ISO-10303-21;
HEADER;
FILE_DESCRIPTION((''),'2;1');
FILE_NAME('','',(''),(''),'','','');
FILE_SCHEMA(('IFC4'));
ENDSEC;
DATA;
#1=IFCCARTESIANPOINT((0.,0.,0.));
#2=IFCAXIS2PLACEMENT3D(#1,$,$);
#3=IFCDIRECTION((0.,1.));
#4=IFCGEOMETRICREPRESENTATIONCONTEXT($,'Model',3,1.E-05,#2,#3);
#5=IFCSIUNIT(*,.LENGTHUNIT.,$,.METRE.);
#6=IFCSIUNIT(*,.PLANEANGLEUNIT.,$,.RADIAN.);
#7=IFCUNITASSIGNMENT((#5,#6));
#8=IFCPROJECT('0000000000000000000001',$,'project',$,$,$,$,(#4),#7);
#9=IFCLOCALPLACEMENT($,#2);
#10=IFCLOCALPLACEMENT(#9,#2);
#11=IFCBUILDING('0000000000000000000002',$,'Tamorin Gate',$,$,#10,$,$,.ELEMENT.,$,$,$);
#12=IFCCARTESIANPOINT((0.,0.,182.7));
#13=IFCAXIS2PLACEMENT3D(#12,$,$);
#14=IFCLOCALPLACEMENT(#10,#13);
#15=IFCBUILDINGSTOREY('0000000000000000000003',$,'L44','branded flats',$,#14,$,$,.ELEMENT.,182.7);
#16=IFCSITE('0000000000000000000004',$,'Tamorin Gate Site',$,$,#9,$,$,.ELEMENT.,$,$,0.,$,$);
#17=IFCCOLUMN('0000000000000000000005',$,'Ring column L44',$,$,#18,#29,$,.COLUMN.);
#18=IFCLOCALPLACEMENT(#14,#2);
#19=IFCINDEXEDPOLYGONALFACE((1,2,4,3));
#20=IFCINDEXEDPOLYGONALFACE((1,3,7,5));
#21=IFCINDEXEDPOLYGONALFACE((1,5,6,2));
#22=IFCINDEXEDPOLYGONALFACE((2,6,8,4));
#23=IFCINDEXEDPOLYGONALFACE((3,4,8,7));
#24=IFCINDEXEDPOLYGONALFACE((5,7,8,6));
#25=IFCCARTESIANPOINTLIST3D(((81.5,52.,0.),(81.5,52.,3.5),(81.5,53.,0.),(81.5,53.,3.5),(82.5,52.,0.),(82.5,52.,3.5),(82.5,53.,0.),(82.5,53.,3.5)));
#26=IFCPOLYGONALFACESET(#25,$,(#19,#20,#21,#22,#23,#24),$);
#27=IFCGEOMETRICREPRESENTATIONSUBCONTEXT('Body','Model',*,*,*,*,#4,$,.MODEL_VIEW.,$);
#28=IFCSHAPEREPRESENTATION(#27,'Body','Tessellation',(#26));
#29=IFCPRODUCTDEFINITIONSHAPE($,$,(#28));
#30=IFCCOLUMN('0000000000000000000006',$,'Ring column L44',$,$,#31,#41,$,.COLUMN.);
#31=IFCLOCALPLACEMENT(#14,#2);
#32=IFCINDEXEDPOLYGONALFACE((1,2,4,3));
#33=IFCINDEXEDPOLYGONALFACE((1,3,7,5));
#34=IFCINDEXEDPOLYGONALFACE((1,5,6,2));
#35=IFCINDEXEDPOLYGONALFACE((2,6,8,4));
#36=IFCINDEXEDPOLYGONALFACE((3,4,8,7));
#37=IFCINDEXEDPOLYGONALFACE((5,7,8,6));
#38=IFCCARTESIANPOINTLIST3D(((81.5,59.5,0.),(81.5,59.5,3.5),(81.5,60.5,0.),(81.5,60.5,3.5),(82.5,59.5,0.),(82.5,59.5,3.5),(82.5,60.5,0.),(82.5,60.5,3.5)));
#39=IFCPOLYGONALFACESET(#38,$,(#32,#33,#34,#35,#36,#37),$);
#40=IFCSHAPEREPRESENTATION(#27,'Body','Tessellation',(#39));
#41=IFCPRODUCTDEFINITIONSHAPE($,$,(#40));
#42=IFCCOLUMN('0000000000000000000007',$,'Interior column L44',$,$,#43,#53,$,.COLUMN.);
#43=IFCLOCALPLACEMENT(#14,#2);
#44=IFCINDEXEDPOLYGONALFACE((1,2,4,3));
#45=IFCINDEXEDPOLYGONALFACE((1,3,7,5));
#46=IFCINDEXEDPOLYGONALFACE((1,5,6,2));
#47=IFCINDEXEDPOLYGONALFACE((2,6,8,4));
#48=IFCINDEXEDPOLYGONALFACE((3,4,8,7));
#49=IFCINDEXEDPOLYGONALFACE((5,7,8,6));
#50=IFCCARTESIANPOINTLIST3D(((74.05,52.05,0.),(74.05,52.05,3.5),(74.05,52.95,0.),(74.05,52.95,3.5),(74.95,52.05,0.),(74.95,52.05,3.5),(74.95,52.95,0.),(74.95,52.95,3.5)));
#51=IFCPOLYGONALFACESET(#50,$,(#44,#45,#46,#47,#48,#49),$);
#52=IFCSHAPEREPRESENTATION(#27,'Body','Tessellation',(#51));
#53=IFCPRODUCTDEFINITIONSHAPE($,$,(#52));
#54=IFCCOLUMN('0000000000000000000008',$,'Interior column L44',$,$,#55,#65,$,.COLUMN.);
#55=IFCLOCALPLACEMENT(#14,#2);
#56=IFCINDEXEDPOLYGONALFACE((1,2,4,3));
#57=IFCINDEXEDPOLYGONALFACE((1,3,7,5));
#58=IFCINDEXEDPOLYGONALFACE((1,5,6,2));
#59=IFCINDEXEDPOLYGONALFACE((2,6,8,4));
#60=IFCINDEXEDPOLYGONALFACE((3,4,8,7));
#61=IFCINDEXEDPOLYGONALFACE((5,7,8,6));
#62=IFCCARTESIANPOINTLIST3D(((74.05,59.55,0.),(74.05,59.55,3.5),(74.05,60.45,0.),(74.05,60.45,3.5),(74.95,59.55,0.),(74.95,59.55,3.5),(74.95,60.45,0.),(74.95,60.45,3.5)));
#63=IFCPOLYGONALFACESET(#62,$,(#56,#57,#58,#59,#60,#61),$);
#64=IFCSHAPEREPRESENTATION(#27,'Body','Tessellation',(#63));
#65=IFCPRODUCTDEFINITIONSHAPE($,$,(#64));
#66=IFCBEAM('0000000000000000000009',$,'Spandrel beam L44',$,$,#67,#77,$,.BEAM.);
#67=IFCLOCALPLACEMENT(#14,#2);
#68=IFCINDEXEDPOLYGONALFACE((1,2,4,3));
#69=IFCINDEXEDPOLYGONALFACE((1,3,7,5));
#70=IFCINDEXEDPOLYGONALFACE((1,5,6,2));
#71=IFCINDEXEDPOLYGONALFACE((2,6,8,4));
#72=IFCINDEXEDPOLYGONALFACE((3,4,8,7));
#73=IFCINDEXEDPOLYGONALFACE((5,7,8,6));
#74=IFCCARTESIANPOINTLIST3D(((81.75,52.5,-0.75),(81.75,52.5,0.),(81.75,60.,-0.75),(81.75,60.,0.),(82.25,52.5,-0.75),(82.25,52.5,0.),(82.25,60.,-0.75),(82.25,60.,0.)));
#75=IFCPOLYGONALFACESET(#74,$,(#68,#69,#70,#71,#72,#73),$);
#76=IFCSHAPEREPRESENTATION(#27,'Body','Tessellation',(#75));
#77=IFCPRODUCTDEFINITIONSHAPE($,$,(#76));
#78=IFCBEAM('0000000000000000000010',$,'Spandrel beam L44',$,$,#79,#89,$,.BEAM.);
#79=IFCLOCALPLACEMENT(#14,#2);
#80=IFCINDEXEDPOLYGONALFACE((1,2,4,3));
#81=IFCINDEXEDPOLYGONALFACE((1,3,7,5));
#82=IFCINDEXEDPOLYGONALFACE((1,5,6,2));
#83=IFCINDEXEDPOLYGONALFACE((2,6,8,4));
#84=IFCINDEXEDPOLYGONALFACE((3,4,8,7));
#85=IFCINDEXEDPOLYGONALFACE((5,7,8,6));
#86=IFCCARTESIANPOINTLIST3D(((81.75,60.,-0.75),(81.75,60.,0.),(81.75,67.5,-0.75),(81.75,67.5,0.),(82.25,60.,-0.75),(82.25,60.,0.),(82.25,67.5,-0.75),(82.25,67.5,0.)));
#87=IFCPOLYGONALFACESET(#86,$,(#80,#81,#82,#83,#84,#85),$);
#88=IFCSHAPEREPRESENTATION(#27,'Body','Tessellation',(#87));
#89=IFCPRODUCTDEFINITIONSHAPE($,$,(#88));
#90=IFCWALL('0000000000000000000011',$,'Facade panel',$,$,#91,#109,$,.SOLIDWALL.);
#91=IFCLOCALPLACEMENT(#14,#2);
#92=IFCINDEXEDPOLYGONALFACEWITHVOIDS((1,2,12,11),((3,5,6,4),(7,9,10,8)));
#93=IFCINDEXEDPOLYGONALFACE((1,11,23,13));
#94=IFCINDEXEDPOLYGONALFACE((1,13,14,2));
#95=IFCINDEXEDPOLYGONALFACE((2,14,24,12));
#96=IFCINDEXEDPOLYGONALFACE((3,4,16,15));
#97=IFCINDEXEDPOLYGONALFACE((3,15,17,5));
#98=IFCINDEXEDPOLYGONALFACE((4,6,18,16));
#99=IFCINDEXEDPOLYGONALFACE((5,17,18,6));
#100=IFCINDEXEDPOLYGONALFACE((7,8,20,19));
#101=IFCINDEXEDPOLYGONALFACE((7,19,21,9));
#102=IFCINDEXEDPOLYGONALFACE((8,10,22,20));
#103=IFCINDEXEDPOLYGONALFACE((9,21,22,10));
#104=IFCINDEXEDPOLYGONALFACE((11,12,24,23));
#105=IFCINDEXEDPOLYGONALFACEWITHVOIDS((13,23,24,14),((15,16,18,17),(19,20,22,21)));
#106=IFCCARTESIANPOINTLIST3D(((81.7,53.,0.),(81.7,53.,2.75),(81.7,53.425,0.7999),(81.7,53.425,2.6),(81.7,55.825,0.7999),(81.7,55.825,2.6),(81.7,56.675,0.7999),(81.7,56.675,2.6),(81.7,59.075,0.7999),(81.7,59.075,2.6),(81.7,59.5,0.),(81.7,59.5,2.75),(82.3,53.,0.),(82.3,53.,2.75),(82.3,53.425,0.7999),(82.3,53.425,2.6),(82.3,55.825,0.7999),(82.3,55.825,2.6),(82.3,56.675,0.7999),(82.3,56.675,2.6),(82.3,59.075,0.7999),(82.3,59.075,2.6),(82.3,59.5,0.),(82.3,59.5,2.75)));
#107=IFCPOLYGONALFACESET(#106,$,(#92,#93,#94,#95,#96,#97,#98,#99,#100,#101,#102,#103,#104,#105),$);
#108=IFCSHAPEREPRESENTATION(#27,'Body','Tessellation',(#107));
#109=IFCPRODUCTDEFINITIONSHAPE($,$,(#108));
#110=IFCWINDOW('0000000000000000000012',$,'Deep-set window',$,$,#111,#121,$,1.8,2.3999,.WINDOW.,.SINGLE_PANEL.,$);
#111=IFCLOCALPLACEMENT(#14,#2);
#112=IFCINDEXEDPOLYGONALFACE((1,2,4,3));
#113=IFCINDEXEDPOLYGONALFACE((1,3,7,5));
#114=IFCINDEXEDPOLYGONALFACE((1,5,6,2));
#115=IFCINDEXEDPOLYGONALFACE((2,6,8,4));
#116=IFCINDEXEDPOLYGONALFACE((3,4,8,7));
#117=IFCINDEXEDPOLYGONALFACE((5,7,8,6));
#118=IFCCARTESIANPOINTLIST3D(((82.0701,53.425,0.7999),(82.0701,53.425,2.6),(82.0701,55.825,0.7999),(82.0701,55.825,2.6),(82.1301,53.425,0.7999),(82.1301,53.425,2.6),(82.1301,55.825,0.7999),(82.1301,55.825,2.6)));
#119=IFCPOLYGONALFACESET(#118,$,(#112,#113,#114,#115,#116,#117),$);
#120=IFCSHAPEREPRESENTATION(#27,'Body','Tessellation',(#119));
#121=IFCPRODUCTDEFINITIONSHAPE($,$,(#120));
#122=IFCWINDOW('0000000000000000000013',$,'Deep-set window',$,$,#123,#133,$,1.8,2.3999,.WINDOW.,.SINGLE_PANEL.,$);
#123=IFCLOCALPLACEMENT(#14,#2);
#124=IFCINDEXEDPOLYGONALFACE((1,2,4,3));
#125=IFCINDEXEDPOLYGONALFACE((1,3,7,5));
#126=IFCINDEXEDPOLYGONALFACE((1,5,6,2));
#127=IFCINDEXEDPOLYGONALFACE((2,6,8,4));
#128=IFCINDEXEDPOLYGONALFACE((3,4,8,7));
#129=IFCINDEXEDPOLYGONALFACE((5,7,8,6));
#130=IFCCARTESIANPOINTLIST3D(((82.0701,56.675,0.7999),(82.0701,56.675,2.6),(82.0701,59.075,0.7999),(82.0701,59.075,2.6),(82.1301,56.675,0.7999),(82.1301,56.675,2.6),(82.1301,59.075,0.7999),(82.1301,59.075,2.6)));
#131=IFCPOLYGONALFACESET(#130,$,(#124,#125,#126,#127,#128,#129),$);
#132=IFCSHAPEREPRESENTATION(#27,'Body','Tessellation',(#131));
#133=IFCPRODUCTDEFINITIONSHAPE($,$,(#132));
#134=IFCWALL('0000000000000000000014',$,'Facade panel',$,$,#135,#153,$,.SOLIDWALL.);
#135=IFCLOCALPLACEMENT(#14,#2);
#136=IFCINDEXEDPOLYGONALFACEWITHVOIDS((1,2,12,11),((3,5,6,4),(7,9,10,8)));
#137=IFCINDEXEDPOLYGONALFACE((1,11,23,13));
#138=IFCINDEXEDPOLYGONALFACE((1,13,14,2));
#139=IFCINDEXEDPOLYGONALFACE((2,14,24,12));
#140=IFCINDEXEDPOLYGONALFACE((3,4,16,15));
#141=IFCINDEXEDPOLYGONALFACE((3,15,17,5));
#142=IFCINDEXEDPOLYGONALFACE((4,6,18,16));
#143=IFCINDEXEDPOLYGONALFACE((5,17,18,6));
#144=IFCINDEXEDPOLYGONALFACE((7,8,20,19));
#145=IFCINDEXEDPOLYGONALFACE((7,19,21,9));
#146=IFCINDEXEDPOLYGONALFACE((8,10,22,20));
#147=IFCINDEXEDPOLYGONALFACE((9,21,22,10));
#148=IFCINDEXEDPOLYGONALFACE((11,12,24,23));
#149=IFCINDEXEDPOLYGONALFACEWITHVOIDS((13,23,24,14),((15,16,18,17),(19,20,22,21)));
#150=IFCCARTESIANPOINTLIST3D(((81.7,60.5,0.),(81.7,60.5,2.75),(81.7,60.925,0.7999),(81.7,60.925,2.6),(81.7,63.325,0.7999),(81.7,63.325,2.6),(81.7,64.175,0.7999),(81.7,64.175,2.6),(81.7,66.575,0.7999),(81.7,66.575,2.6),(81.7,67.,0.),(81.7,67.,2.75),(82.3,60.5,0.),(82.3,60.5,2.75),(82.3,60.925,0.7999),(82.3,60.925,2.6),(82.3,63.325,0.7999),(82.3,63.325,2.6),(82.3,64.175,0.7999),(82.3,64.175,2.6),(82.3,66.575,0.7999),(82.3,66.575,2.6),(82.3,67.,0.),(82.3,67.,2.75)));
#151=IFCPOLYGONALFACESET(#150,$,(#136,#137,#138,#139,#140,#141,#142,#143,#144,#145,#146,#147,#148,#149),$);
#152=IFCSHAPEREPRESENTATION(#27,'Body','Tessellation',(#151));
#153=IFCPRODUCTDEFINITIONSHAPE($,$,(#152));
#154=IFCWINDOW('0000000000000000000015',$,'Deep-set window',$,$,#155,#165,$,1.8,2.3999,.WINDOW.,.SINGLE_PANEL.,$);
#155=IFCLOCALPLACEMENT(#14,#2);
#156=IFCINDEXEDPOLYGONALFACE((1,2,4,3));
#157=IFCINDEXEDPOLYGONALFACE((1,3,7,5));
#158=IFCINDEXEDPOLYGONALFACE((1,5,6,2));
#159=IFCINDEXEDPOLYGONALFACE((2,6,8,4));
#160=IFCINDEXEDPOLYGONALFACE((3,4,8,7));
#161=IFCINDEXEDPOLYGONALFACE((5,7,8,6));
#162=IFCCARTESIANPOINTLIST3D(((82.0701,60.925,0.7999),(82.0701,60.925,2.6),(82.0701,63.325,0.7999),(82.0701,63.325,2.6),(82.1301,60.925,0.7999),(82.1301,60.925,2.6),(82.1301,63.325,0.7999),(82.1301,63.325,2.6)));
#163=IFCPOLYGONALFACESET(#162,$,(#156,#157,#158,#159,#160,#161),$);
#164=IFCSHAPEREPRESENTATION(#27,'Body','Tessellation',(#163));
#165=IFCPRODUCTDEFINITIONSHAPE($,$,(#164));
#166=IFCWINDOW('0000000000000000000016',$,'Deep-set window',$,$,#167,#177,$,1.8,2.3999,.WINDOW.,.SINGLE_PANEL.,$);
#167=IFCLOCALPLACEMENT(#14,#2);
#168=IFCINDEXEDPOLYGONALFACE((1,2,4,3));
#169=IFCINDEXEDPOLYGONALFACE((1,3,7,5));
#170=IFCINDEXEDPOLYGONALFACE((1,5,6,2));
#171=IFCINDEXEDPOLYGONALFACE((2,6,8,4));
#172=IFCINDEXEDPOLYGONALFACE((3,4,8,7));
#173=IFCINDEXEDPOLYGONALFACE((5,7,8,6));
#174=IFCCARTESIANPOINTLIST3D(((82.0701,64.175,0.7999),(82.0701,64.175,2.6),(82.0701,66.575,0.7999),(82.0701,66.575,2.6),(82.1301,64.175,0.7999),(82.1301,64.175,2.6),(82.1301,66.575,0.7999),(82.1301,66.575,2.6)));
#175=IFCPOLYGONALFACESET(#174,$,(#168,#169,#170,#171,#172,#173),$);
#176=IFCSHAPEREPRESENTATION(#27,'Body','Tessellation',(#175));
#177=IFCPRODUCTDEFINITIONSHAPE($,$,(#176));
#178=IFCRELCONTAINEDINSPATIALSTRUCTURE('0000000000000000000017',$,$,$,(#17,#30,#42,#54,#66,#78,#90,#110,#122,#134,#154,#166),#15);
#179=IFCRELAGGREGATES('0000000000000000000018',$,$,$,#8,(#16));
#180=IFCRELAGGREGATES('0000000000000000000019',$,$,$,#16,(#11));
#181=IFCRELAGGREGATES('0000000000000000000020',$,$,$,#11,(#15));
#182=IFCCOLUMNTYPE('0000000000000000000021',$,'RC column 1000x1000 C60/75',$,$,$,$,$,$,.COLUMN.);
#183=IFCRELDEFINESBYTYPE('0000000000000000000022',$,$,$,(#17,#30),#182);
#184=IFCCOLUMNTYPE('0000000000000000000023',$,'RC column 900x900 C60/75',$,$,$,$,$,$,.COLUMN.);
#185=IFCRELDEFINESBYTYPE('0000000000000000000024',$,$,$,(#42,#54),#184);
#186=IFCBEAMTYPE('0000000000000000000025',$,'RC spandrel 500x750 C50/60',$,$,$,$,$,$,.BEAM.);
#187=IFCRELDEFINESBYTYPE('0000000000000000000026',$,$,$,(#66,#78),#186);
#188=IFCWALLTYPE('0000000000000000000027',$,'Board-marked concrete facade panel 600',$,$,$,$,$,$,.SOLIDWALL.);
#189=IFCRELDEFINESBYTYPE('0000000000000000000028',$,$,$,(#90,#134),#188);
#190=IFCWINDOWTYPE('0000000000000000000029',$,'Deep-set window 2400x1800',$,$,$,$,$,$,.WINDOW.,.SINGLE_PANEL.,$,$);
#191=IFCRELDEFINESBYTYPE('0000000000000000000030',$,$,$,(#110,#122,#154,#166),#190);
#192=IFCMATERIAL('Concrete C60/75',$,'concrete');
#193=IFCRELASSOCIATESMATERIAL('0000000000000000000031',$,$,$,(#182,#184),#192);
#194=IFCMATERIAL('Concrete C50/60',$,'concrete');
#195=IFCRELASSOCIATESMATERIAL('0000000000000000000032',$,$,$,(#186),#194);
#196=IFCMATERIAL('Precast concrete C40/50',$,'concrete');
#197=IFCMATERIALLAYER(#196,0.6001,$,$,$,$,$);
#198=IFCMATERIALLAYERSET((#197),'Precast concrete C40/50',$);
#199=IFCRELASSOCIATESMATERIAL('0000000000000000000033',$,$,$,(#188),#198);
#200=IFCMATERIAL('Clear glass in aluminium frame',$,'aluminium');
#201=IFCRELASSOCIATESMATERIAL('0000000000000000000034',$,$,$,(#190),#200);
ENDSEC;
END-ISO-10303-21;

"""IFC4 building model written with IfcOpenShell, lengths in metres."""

from ifc_helpers import new_model, si_unit, direction, frame, frame_2d, origin, origin_2d, place, context, subcontext, project, spatial, rectangle, extrude, material, layer, layer_set, material_profile, profile_set, type_object, element, fill, save


model = new_model("IFC4")

# Units and contexts
model_context = context("Model", 3, precision=1e-05, world=origin(), true_north=direction((0.0, 1.0)))
body_context = subcontext(model_context, "Body", "Model", "MODEL_VIEW")
ifc_project = project(units=[si_unit("LENGTHUNIT", "METRE"), si_unit("PLANEANGLEUNIT", "RADIAN")], contexts=[model_context])

# Site, building, storey
site_placement = place(None, origin())
site = spatial("IfcSite", under=ifc_project, at=site_placement, Name="Tamorin Gate Site", CompositionType="ELEMENT", RefElevation=0.0)
building_placement = place(site_placement, origin())
building = spatial("IfcBuilding", under=site, at=building_placement, Name="Tamorin Gate", CompositionType="ELEMENT")
storey_placement = place(building_placement, frame((0.0, 0.0, 182.7)))
storey = spatial("IfcBuildingStorey", under=building, at=storey_placement, Name="L44", Description="branded flats", CompositionType="ELEMENT", Elevation=182.7)

# Columns
ifc_material_1 = material(Name="Concrete C60/75", Category="concrete")
ifc_material_profile_1 = material_profile(ifc_material_1, rectangle(XDim=1.0, YDim=1.0, at=origin_2d()), Name="RC 1000x1000")
ifc_profile_set_1 = profile_set([ifc_material_profile_1], Name="Concrete C60/75")
column_type_1 = type_object("IfcColumnType", Name="RC column 1000x1000 C60/75", PredefinedType="COLUMN", material=ifc_profile_set_1)
for number, where, z_axis, x_axis, name in (
    (1, (82.0, 52.5, 0.0), (0.0, 0.0, 1.0), (1.0, 0.0, 0.0), "Ring column L44"),
    (2, (82.0, 60.0, 0.0), (0.0, 0.0, 1.0), (1.0, 0.0, 0.0), "Ring column L44"),
):
    element("IfcColumn", number, at=place(storey_placement, frame(where, z_axis=z_axis, x_axis=x_axis)), inside=storey, type_object=column_type_1, Name=name, PredefinedType="COLUMN", context=body_context, shape_type="SweptSolid", body=[
        extrude(rectangle(XDim=1.0, YDim=1.0, at=origin_2d()), origin(), (0.0, 0.0, 1.0), 3.5),
    ])
ifc_material_profile_2 = material_profile(ifc_material_1, rectangle(XDim=0.8999, YDim=0.8999, at=origin_2d()), Name="RC 900x900")
ifc_profile_set_2 = profile_set([ifc_material_profile_2], Name="Concrete C60/75")
column_type_2 = type_object("IfcColumnType", Name="RC column 900x900 C60/75", PredefinedType="COLUMN", material=ifc_profile_set_2)
for number, where, z_axis, x_axis, name in (
    (3, (74.5, 52.5, 0.0), (0.0, 0.0, 1.0), (1.0, 0.0, 0.0), "Interior column L44"),
    (4, (74.5, 60.0, 0.0), (0.0, 0.0, 1.0), (1.0, 0.0, 0.0), "Interior column L44"),
):
    element("IfcColumn", number, at=place(storey_placement, frame(where, z_axis=z_axis, x_axis=x_axis)), inside=storey, type_object=column_type_2, Name=name, PredefinedType="COLUMN", context=body_context, shape_type="SweptSolid", body=[
        extrude(rectangle(XDim=0.8999, YDim=0.8999, at=origin_2d()), origin(), (0.0, 0.0, 1.0), 3.5),
    ])

# Beams
ifc_material_2 = material(Name="Concrete C50/60", Category="concrete")
ifc_material_profile_3 = material_profile(ifc_material_2, rectangle(XDim=0.5, YDim=0.75, at=origin_2d()), Name="RC 500x750")
ifc_profile_set_3 = profile_set([ifc_material_profile_3], Name="Concrete C50/60")
beam_type = type_object("IfcBeamType", Name="RC spandrel 500x750 C50/60", PredefinedType="BEAM", material=ifc_profile_set_3)
for number, where, z_axis, x_axis, name in (
    (5, (82.0, 52.5, -0.375), (0.0, 1.0, 0.0), (-1.0, 0.0, 0.0), "Spandrel beam L44"),
    (6, (82.0, 60.0, -0.375), (0.0, 1.0, 0.0), (-1.0, 0.0, 0.0), "Spandrel beam L44"),
):
    element("IfcBeam", number, at=place(storey_placement, frame(where, z_axis=z_axis, x_axis=x_axis)), inside=storey, type_object=beam_type, Name=name, PredefinedType="BEAM", context=body_context, shape_type="SweptSolid", body=[
        extrude(rectangle(XDim=0.5, YDim=0.75, at=origin_2d()), origin(), (0.0, 0.0, 1.0), 7.5),
    ])

# Walls, openings, windows
ifc_material_3 = material(Name="Precast concrete C40/50", Category="concrete")
ifc_layer_1 = layer(ifc_material_3, 0.6001)
ifc_layer_set_1 = layer_set([ifc_layer_1], Name="Precast concrete C40/50")
wall_type_1 = type_object("IfcWallType", Name="Board-marked concrete facade panel 600", PredefinedType="SOLIDWALL", material=ifc_layer_set_1)
wall_1_placement = place(storey_placement, frame((82.0, 53.0, 0.0), z_axis=(0.0, 0.0, 1.0), x_axis=(0.0, 1.0, 0.0)))
wall_1 = element("IfcWall", 7, at=wall_1_placement, inside=storey, type_object=wall_type_1, Name="Facade panel", PredefinedType="SOLIDWALL", context=body_context, shape_type="SweptSolid", body=[
    extrude(rectangle(XDim=6.5, YDim=0.6001, at=frame_2d((3.25, 0.0))), origin(), (0.0, 0.0, 1.0), 2.75),
])
opening_1_placement = place(wall_1_placement, frame((0.425, 0.0, 0.8)))
opening_1 = element("IfcOpeningElement", 8, at=opening_1_placement, cuts=wall_1, PredefinedType="OPENING", context=body_context, shape_type="SweptSolid", body=[
    extrude(rectangle(XDim=2.3999, YDim=1.8, at=frame_2d((1.2, 0.8999))), frame((0.0, 0.3101, 0.0), z_axis=(0.0, -1.0, 0.0), x_axis=(1.0, 0.0, 0.0)), (0.0, 0.0, 1.0), 0.6201),
])
opening_2_placement = place(wall_1_placement, frame((3.675, 0.0, 0.8)))
opening_2 = element("IfcOpeningElement", 9, at=opening_2_placement, cuts=wall_1, PredefinedType="OPENING", context=body_context, shape_type="SweptSolid", body=[
    extrude(rectangle(XDim=2.3999, YDim=1.8, at=frame_2d((1.2, 0.8999))), frame((0.0, 0.3101, 0.0), z_axis=(0.0, -1.0, 0.0), x_axis=(1.0, 0.0, 0.0)), (0.0, 0.0, 1.0), 0.6201),
])
ifc_material_4 = material(Name="Clear glass in aluminium frame", Category="aluminium")
window_type = type_object("IfcWindowType", Name="Deep-set window 2400x1800", PartitioningType="SINGLE_PANEL", PredefinedType="WINDOW", material=ifc_material_4)
window_1_placement = place(opening_1_placement, origin())
window_1 = element("IfcWindow", 10, at=window_1_placement, inside=storey, type_object=window_type, Name="Deep-set window", OverallHeight=1.8, OverallWidth=2.3999, PartitioningType="SINGLE_PANEL", PredefinedType="WINDOW", context=body_context, shape_type="SweptSolid", body=[
    extrude(rectangle(XDim=2.3999, YDim=1.8, at=frame_2d((1.2, 0.8999))), frame((0.0, -0.0701, 0.0), z_axis=(0.0, -1.0, 0.0), x_axis=(1.0, 0.0, 0.0)), (0.0, 0.0, 1.0), 0.0601),
])
fill(opening_1, window_1)
window_2_placement = place(opening_2_placement, origin())
window_2 = element("IfcWindow", 11, at=window_2_placement, inside=storey, type_object=window_type, Name="Deep-set window", OverallHeight=1.8, OverallWidth=2.3999, PartitioningType="SINGLE_PANEL", PredefinedType="WINDOW", context=body_context, shape_type="SweptSolid", body=[
    extrude(rectangle(XDim=2.3999, YDim=1.8, at=frame_2d((1.2, 0.8999))), frame((0.0, -0.0701, 0.0), z_axis=(0.0, -1.0, 0.0), x_axis=(1.0, 0.0, 0.0)), (0.0, 0.0, 1.0), 0.0601),
])
fill(opening_2, window_2)
wall_2_placement = place(storey_placement, frame((82.0, 60.5, 0.0), z_axis=(0.0, 0.0, 1.0), x_axis=(0.0, 1.0, 0.0)))
wall_2 = element("IfcWall", 12, at=wall_2_placement, inside=storey, type_object=wall_type_1, Name="Facade panel", PredefinedType="SOLIDWALL", context=body_context, shape_type="SweptSolid", body=[
    extrude(rectangle(XDim=6.5, YDim=0.6001, at=frame_2d((3.25, 0.0))), origin(), (0.0, 0.0, 1.0), 2.75),
])
opening_3_placement = place(wall_2_placement, frame((0.425, 0.0, 0.8)))
opening_3 = element("IfcOpeningElement", 13, at=opening_3_placement, cuts=wall_2, PredefinedType="OPENING", context=body_context, shape_type="SweptSolid", body=[
    extrude(rectangle(XDim=2.3999, YDim=1.8, at=frame_2d((1.2, 0.8999))), frame((0.0, 0.3101, 0.0), z_axis=(0.0, -1.0, 0.0), x_axis=(1.0, 0.0, 0.0)), (0.0, 0.0, 1.0), 0.6201),
])
opening_4_placement = place(wall_2_placement, frame((3.675, 0.0, 0.8)))
opening_4 = element("IfcOpeningElement", 14, at=opening_4_placement, cuts=wall_2, PredefinedType="OPENING", context=body_context, shape_type="SweptSolid", body=[
    extrude(rectangle(XDim=2.3999, YDim=1.8, at=frame_2d((1.2, 0.8999))), frame((0.0, 0.3101, 0.0), z_axis=(0.0, -1.0, 0.0), x_axis=(1.0, 0.0, 0.0)), (0.0, 0.0, 1.0), 0.6201),
])
window_3_placement = place(opening_3_placement, origin())
window_3 = element("IfcWindow", 15, at=window_3_placement, inside=storey, type_object=window_type, Name="Deep-set window", OverallHeight=1.8, OverallWidth=2.3999, PartitioningType="SINGLE_PANEL", PredefinedType="WINDOW", context=body_context, shape_type="SweptSolid", body=[
    extrude(rectangle(XDim=2.3999, YDim=1.8, at=frame_2d((1.2, 0.8999))), frame((0.0, -0.0701, 0.0), z_axis=(0.0, -1.0, 0.0), x_axis=(1.0, 0.0, 0.0)), (0.0, 0.0, 1.0), 0.0601),
])
fill(opening_3, window_3)
window_4_placement = place(opening_4_placement, origin())
window_4 = element("IfcWindow", 16, at=window_4_placement, inside=storey, type_object=window_type, Name="Deep-set window", OverallHeight=1.8, OverallWidth=2.3999, PartitioningType="SINGLE_PANEL", PredefinedType="WINDOW", context=body_context, shape_type="SweptSolid", body=[
    extrude(rectangle(XDim=2.3999, YDim=1.8, at=frame_2d((1.2, 0.8999))), frame((0.0, -0.0701, 0.0), z_axis=(0.0, -1.0, 0.0), x_axis=(1.0, 0.0, 0.0)), (0.0, 0.0, 1.0), 0.0601),
])
fill(opening_4, window_4)

save(model, "model.ifc")
